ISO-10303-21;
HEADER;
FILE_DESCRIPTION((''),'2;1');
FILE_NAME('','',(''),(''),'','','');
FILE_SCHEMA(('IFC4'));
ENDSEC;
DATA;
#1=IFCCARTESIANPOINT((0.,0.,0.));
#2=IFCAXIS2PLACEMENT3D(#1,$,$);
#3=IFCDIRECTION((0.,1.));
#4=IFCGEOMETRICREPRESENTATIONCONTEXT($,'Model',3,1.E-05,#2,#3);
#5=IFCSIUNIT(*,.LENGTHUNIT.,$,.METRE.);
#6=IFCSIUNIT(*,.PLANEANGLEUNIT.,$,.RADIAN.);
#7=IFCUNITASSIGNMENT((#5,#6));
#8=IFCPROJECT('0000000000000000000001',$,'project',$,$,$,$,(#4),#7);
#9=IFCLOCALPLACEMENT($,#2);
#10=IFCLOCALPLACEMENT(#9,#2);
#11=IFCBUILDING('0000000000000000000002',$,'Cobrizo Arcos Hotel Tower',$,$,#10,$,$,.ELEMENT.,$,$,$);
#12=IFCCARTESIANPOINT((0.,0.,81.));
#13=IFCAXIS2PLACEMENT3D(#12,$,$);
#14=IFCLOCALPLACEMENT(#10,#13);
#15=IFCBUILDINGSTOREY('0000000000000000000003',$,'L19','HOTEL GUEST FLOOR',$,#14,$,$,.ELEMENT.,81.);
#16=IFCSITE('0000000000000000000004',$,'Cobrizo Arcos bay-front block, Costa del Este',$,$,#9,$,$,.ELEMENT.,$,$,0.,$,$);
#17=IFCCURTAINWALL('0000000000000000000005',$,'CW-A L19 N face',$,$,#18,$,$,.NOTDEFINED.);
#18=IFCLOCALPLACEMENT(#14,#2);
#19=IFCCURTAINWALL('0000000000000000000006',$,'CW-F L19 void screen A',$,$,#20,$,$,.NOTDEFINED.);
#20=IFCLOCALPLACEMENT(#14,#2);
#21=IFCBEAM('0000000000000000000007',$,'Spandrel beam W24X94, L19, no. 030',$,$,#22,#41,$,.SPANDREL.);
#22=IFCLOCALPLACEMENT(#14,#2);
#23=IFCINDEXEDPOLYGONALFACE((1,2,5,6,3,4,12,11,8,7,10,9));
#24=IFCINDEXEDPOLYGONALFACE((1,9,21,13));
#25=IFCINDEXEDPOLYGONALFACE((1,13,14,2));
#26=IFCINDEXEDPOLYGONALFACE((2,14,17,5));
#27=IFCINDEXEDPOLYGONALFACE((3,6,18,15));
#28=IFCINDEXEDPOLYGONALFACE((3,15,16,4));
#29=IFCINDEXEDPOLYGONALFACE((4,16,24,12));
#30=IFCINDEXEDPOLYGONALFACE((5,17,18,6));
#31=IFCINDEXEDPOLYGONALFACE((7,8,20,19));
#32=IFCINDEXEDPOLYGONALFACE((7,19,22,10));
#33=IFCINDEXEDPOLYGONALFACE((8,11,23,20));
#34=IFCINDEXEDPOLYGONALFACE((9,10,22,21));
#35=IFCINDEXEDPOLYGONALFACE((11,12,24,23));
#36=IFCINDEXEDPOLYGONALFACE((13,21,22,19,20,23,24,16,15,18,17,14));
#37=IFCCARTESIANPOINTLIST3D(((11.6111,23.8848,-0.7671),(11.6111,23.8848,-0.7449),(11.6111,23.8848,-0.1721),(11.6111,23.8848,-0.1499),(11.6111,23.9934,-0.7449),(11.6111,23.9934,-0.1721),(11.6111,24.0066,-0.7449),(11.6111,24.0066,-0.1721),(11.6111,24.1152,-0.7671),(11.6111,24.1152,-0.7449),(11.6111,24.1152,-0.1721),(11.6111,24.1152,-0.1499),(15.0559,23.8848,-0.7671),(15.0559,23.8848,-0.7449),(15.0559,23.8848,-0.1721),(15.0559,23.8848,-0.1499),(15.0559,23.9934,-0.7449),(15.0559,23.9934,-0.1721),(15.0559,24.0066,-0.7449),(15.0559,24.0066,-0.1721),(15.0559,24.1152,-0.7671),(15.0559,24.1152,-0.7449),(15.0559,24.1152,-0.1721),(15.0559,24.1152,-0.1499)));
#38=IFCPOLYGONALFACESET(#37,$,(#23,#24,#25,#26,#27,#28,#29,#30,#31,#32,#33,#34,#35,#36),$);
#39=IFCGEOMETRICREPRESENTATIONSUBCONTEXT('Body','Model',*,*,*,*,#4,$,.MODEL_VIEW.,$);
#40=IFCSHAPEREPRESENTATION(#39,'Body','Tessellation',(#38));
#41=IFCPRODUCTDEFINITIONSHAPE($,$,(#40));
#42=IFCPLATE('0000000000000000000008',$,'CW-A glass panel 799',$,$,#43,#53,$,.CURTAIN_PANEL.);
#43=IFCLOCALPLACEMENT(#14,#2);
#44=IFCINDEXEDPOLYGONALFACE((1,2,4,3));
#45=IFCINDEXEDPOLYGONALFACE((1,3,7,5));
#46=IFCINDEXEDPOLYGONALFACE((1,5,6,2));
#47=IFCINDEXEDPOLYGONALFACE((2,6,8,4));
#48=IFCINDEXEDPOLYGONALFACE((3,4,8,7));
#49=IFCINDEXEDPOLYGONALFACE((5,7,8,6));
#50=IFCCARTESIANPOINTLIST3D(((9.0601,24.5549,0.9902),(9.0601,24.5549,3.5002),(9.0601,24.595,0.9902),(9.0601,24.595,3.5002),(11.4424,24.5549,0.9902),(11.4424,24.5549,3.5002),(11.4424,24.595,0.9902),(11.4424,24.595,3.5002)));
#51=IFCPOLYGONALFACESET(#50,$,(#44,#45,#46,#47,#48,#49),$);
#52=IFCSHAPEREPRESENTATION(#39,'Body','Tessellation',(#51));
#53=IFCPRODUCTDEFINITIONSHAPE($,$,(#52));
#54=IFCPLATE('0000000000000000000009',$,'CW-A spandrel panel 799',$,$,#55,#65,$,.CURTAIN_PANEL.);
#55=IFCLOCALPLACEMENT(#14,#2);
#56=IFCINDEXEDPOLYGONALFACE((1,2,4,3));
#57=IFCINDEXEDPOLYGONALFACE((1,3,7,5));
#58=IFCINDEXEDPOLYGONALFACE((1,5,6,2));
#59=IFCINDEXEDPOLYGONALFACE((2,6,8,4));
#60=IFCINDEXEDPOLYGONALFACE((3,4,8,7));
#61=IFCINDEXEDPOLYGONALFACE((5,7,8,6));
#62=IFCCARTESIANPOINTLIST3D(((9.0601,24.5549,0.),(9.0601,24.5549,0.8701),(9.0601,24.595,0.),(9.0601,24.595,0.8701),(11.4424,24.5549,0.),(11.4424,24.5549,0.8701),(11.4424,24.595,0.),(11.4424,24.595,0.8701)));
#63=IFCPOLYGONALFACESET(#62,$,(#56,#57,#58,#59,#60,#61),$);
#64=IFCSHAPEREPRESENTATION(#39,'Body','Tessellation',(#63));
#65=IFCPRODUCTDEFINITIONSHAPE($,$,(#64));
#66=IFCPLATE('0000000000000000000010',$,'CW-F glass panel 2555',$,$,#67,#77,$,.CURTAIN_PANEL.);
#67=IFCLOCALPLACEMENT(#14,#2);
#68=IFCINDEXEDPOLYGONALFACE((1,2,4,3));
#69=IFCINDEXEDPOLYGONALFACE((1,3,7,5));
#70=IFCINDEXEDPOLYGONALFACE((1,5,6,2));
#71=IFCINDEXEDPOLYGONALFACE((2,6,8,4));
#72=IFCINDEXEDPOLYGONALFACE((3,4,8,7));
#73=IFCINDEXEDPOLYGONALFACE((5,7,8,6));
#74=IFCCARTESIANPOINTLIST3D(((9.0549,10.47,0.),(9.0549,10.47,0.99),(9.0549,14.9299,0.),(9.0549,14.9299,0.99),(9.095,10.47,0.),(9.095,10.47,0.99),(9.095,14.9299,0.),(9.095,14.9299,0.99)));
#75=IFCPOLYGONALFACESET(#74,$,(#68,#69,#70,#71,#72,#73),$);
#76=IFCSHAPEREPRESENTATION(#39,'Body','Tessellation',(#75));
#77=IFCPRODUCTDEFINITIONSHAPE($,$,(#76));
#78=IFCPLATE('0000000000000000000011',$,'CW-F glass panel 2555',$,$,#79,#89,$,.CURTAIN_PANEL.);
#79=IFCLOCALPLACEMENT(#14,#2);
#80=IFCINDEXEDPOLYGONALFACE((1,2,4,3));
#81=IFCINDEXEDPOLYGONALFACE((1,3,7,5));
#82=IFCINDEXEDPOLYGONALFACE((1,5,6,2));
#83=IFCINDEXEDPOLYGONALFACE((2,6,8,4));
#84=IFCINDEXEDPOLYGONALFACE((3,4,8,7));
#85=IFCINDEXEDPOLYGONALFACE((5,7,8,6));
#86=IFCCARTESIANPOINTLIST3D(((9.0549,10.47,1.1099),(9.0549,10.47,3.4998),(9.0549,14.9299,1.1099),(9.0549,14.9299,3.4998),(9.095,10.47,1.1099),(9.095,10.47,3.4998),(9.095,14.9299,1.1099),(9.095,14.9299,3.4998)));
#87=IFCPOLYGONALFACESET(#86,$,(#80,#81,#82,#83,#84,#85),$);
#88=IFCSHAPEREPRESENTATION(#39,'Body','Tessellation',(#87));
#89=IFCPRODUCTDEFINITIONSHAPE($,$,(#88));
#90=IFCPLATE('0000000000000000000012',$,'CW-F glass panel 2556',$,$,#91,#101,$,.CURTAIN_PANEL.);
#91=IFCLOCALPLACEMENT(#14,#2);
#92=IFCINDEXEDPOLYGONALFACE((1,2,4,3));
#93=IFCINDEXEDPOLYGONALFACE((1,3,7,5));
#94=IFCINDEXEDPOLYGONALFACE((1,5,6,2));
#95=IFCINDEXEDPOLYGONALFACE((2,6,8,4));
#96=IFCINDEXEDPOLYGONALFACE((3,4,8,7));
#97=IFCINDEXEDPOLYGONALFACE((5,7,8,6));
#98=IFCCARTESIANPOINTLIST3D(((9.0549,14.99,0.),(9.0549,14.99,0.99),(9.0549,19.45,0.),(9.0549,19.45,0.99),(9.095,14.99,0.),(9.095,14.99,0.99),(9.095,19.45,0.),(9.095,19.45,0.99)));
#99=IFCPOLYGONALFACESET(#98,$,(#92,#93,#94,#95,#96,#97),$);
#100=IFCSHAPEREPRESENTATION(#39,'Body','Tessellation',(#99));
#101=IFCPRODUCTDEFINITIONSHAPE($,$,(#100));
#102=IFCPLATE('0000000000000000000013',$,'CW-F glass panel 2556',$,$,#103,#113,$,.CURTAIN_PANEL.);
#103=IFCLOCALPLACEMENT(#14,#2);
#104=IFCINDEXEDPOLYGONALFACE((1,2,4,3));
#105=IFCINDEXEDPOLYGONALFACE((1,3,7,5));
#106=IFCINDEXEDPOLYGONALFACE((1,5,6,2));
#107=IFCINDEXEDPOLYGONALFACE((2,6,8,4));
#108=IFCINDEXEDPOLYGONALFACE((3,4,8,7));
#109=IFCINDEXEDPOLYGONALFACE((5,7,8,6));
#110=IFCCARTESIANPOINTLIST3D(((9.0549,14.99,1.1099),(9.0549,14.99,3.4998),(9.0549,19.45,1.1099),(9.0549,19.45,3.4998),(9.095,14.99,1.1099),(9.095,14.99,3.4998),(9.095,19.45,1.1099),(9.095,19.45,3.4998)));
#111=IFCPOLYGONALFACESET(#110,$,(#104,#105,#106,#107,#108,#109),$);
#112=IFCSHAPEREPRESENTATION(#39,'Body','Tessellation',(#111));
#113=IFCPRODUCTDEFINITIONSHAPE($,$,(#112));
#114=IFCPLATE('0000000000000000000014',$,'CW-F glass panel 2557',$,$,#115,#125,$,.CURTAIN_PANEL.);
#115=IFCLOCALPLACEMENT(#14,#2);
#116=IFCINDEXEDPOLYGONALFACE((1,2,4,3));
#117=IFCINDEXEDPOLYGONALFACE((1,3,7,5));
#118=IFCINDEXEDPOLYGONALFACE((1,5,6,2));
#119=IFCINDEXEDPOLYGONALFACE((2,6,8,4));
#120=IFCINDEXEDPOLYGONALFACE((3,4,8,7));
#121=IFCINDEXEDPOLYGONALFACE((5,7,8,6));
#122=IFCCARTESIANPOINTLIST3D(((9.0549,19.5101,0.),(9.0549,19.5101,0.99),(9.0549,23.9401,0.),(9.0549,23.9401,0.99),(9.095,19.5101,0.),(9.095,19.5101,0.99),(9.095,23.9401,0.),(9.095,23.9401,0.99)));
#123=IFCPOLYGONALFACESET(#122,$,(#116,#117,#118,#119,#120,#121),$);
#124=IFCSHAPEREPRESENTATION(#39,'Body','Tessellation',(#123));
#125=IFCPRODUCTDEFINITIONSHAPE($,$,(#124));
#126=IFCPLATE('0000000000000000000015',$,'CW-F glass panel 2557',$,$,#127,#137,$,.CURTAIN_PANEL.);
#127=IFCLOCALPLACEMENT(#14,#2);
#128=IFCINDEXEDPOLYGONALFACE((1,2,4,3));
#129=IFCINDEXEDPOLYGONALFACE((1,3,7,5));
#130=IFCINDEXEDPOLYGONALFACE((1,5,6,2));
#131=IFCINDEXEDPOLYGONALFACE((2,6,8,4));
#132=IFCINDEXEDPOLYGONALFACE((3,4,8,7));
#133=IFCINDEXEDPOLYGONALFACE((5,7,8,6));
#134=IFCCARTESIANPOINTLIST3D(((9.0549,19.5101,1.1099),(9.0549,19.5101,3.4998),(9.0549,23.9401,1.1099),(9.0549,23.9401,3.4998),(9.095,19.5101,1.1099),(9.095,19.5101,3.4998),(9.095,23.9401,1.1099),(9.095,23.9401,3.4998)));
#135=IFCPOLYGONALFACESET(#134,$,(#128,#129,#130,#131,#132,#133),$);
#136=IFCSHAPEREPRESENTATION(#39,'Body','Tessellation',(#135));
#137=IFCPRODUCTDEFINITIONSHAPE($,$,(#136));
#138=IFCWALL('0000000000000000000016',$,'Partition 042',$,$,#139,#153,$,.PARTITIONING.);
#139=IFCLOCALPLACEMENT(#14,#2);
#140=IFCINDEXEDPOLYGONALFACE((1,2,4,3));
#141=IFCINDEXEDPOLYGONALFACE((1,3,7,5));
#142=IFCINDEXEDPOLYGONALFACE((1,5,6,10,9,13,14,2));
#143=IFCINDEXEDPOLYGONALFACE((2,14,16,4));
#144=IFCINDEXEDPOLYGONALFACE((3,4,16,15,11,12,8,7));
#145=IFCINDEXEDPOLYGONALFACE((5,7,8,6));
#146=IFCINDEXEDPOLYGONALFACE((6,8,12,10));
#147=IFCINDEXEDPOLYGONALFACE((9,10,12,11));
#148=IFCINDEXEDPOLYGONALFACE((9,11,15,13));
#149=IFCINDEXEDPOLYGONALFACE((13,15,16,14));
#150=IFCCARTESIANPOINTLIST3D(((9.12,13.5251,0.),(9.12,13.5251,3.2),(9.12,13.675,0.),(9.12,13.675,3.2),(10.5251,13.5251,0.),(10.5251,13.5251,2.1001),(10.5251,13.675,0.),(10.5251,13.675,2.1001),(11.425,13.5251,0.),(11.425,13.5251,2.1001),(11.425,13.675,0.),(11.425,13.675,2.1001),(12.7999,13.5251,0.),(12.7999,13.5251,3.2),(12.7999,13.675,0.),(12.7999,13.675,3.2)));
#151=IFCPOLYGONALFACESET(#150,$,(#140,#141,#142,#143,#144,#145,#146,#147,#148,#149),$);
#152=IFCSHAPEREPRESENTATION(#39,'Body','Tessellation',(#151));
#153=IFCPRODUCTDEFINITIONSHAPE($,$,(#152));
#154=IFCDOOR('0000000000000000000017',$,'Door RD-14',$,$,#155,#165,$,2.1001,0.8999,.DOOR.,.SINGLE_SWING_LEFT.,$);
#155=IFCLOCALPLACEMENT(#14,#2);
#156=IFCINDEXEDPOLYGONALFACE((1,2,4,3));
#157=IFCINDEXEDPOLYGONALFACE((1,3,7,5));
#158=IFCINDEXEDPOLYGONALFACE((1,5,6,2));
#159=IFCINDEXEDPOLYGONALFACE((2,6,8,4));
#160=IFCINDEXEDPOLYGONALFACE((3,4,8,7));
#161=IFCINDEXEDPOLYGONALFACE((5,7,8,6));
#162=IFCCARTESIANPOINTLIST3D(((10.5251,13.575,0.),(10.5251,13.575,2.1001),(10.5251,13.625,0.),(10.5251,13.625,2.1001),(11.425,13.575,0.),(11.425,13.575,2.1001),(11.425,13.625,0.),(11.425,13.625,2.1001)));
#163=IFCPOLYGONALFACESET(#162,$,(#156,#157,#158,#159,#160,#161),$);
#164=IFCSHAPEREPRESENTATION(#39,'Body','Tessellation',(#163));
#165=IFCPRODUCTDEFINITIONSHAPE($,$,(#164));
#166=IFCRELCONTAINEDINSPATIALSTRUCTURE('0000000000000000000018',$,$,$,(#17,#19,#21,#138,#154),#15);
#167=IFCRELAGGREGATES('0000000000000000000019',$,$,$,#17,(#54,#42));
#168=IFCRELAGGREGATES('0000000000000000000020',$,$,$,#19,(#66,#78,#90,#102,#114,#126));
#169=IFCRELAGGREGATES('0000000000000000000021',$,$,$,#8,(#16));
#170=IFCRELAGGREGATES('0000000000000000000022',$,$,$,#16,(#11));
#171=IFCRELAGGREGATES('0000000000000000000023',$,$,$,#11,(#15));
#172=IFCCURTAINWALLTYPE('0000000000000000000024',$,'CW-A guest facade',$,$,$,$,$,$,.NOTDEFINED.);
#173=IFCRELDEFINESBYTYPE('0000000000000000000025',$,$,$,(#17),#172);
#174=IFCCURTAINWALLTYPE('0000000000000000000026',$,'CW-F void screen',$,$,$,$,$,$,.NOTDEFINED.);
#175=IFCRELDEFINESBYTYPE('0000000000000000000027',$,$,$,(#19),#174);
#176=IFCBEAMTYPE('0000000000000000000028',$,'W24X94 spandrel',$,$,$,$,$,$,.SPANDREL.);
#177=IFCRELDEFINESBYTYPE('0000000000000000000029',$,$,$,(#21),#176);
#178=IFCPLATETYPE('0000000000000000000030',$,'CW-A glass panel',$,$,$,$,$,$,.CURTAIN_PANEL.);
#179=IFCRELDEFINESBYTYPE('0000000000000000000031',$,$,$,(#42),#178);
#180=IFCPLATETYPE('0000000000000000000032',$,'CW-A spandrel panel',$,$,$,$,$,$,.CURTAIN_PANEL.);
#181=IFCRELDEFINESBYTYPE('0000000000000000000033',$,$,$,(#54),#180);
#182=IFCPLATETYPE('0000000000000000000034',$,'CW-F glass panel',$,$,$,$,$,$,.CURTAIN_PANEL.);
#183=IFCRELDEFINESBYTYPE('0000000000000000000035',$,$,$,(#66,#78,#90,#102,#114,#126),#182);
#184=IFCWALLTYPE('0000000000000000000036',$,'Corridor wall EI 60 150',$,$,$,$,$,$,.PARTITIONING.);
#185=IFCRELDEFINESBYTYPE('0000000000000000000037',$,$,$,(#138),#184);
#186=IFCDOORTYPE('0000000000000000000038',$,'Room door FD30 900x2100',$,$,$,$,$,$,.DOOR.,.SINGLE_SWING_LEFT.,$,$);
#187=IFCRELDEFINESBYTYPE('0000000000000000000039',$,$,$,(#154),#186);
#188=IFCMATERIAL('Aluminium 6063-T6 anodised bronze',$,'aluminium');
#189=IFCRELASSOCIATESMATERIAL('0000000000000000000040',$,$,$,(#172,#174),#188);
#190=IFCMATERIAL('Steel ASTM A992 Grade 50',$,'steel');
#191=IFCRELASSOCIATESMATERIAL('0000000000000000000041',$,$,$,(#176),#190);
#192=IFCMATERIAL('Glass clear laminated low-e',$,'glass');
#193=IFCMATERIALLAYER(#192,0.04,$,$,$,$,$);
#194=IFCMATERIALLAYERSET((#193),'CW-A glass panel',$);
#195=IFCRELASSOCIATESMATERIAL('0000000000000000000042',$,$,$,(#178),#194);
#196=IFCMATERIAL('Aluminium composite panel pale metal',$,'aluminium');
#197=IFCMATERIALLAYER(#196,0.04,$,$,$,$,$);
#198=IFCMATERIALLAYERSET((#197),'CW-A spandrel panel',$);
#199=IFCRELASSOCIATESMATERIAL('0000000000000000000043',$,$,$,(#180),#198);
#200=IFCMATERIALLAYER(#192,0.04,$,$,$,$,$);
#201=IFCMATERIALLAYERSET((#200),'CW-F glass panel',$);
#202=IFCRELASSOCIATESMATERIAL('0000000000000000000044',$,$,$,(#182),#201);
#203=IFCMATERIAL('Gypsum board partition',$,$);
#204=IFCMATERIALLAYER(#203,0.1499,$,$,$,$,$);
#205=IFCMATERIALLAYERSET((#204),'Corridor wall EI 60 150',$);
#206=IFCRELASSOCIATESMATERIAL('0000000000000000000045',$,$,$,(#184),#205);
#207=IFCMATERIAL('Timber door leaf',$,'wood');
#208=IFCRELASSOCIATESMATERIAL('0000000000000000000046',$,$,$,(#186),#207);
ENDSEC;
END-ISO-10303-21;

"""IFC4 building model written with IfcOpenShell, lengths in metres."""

from ifc_helpers import new_model, si_unit, direction, frame, frame_2d, origin, origin_2d, place, context, subcontext, project, spatial, rectangle, i_section, extrude, material, layer, layer_set, material_profile, profile_set, type_object, element, fill, aggregate, save


model = new_model("IFC4")

# Units and contexts
model_context = context("Model", 3, precision=1e-05, world=origin(), true_north=direction((0.0, 1.0)))
body_context = subcontext(model_context, "Body", "Model", "MODEL_VIEW")
ifc_project = project(units=[si_unit("LENGTHUNIT", "METRE"), si_unit("PLANEANGLEUNIT", "RADIAN")], contexts=[model_context])

# Site, building, storey
site_placement = place(None, origin())
site = spatial("IfcSite", under=ifc_project, at=site_placement, Name="Cobrizo Arcos bay-front block, Costa del Este", CompositionType="ELEMENT", RefElevation=0.0)
building_placement = place(site_placement, origin())
building = spatial("IfcBuilding", under=site, at=building_placement, Name="Cobrizo Arcos Hotel Tower", CompositionType="ELEMENT")
storey_placement = place(building_placement, frame((0.0, 0.0, 81.0)))
storey = spatial("IfcBuildingStorey", under=building, at=storey_placement, Name="L19", Description="HOTEL GUEST FLOOR", CompositionType="ELEMENT", Elevation=81.0)

# Curtain walls
ifc_material_1 = material(Name="Aluminium 6063-T6 anodised bronze", Category="aluminium")
curtain_wall_type_1 = type_object("IfcCurtainWallType", Name="CW-A guest facade", PredefinedType="NOTDEFINED", material=ifc_material_1)
curtain_wall_1_placement = place(storey_placement, origin())
curtain_wall_1 = element("IfcCurtainWall", 1, at=curtain_wall_1_placement, inside=storey, type_object=curtain_wall_type_1, Name="CW-A L19 N face", PredefinedType="NOTDEFINED")
curtain_wall_type_2 = type_object("IfcCurtainWallType", Name="CW-F void screen", PredefinedType="NOTDEFINED", material=ifc_material_1)
curtain_wall_2_placement = place(storey_placement, origin())
curtain_wall_2 = element("IfcCurtainWall", 2, at=curtain_wall_2_placement, inside=storey, type_object=curtain_wall_type_2, Name="CW-F L19 void screen A", PredefinedType="NOTDEFINED")

# Beam
ifc_material_2 = material(Name="Steel ASTM A992 Grade 50", Category="steel")
ifc_material_profile_1 = material_profile(ifc_material_2, i_section(OverallWidth=0.2305, OverallDepth=0.6172, WebThickness=0.0132, FlangeThickness=0.0222, at=origin_2d()), Name="W24X94")
ifc_profile_set_1 = profile_set([ifc_material_profile_1], Name="Steel ASTM A992 Grade 50")
beam_type = type_object("IfcBeamType", Name="W24X94 spandrel", PredefinedType="SPANDREL", material=ifc_profile_set_1)
beam_1_placement = place(storey_placement, frame((11.6111, 24.0, -0.4585), z_axis=(1.0, 0.0, 0.0), x_axis=(0.0, 1.0, 0.0)))
element("IfcBeam", 3, at=beam_1_placement, inside=storey, type_object=beam_type, Name="Spandrel beam W24X94, L19, no. 030", PredefinedType="SPANDREL", context=body_context, shape_type="SweptSolid", body=[
    extrude(i_section(OverallWidth=0.2305, OverallDepth=0.6172, WebThickness=0.0132, FlangeThickness=0.0222, at=origin_2d()), origin(), (0.0, 0.0, 1.0), 3.4448),
])

# Plates
ifc_material_3 = material(Name="Glass clear laminated low-e", Category="glass")
ifc_layer_1 = layer(ifc_material_3, 0.04)
ifc_layer_set_1 = layer_set([ifc_layer_1], Name="CW-A glass panel")
plate_type_1 = type_object("IfcPlateType", Name="CW-A glass panel", PredefinedType="CURTAIN_PANEL", material=ifc_layer_set_1)
plate_1_placement = place(storey_placement, frame((10.2512, 24.575, 0.9902), z_axis=(0.0, 0.0, 1.0), x_axis=(-1.0, 0.0, 0.0)))
plate_1 = element("IfcPlate", 4, at=plate_1_placement, type_object=plate_type_1, Name="CW-A glass panel 799", PredefinedType="CURTAIN_PANEL", context=body_context, shape_type="SweptSolid", body=[
    extrude(rectangle(XDim=2.3823, YDim=0.04, at=origin_2d()), origin(), (0.0, 0.0, 1.0), 2.51),
])
ifc_material_4 = material(Name="Aluminium composite panel pale metal", Category="aluminium")
ifc_layer_2 = layer(ifc_material_4, 0.04)
ifc_layer_set_2 = layer_set([ifc_layer_2], Name="CW-A spandrel panel")
plate_type_2 = type_object("IfcPlateType", Name="CW-A spandrel panel", PredefinedType="CURTAIN_PANEL", material=ifc_layer_set_2)
plate_2_placement = place(storey_placement, frame((10.2512, 24.575, 0.0), z_axis=(0.0, 0.0, 1.0), x_axis=(-1.0, 0.0, 0.0)))
plate_2 = element("IfcPlate", 5, at=plate_2_placement, type_object=plate_type_2, Name="CW-A spandrel panel 799", PredefinedType="CURTAIN_PANEL", context=body_context, shape_type="SweptSolid", body=[
    extrude(rectangle(XDim=2.3823, YDim=0.04, at=origin_2d()), origin(), (0.0, 0.0, 1.0), 0.8701),
])
aggregate(curtain_wall_1, [plate_2, plate_1])
ifc_layer_3 = layer(ifc_material_3, 0.04)
ifc_layer_set_3 = layer_set([ifc_layer_3], Name="CW-F glass panel")
plate_type_3 = type_object("IfcPlateType", Name="CW-F glass panel", PredefinedType="CURTAIN_PANEL", material=ifc_layer_set_3)
plate_3_placement = place(storey_placement, frame((9.075, 12.7, 0.0), z_axis=(0.0, 0.0, 1.0), x_axis=(0.0, 1.0, 0.0)))
plate_3 = element("IfcPlate", 6, at=plate_3_placement, type_object=plate_type_3, Name="CW-F glass panel 2555", PredefinedType="CURTAIN_PANEL", context=body_context, shape_type="SweptSolid", body=[
    extrude(rectangle(XDim=4.46, YDim=0.04, at=origin_2d()), origin(), (0.0, 0.0, 1.0), 0.99),
])
plate_4_placement = place(storey_placement, frame((9.075, 12.7, 1.1099), z_axis=(0.0, 0.0, 1.0), x_axis=(0.0, 1.0, 0.0)))
plate_4 = element("IfcPlate", 7, at=plate_4_placement, type_object=plate_type_3, Name="CW-F glass panel 2555", PredefinedType="CURTAIN_PANEL", context=body_context, shape_type="SweptSolid", body=[
    extrude(rectangle(XDim=4.46, YDim=0.04, at=origin_2d()), origin(), (0.0, 0.0, 1.0), 2.3899),
])
plate_5_placement = place(storey_placement, frame((9.075, 17.22, 0.0), z_axis=(0.0, 0.0, 1.0), x_axis=(0.0, 1.0, 0.0)))
plate_5 = element("IfcPlate", 8, at=plate_5_placement, type_object=plate_type_3, Name="CW-F glass panel 2556", PredefinedType="CURTAIN_PANEL", context=body_context, shape_type="SweptSolid", body=[
    extrude(rectangle(XDim=4.46, YDim=0.04, at=origin_2d()), origin(), (0.0, 0.0, 1.0), 0.99),
])
plate_6_placement = place(storey_placement, frame((9.075, 17.22, 1.1099), z_axis=(0.0, 0.0, 1.0), x_axis=(0.0, 1.0, 0.0)))
plate_6 = element("IfcPlate", 9, at=plate_6_placement, type_object=plate_type_3, Name="CW-F glass panel 2556", PredefinedType="CURTAIN_PANEL", context=body_context, shape_type="SweptSolid", body=[
    extrude(rectangle(XDim=4.46, YDim=0.04, at=origin_2d()), origin(), (0.0, 0.0, 1.0), 2.3899),
])
plate_7_placement = place(storey_placement, frame((9.075, 21.7251, 0.0), z_axis=(0.0, 0.0, 1.0), x_axis=(0.0, 1.0, 0.0)))
plate_7 = element("IfcPlate", 10, at=plate_7_placement, type_object=plate_type_3, Name="CW-F glass panel 2557", PredefinedType="CURTAIN_PANEL", context=body_context, shape_type="SweptSolid", body=[
    extrude(rectangle(XDim=4.4299, YDim=0.04, at=origin_2d()), origin(), (0.0, 0.0, 1.0), 0.99),
])
plate_8_placement = place(storey_placement, frame((9.075, 21.7251, 1.1099), z_axis=(0.0, 0.0, 1.0), x_axis=(0.0, 1.0, 0.0)))
plate_8 = element("IfcPlate", 11, at=plate_8_placement, type_object=plate_type_3, Name="CW-F glass panel 2557", PredefinedType="CURTAIN_PANEL", context=body_context, shape_type="SweptSolid", body=[
    extrude(rectangle(XDim=4.4299, YDim=0.04, at=origin_2d()), origin(), (0.0, 0.0, 1.0), 2.3899),
])
aggregate(curtain_wall_2, [plate_3, plate_4, plate_5, plate_6, plate_7, plate_8])

# Wall, opening, door
ifc_material_5 = material(Name="Gypsum board partition")
ifc_layer_4 = layer(ifc_material_5, 0.1499)
ifc_layer_set_4 = layer_set([ifc_layer_4], Name="Corridor wall EI 60 150")
wall_type_1 = type_object("IfcWallType", Name="Corridor wall EI 60 150", PredefinedType="PARTITIONING", material=ifc_layer_set_4)
wall_1_placement = place(storey_placement, frame((9.1201, 13.6001, 0.0), z_axis=(0.0, 0.0, 1.0), x_axis=(1.0, 0.0, 0.0)))
wall_1 = element("IfcWall", 12, at=wall_1_placement, inside=storey, type_object=wall_type_1, Name="Partition 042", PredefinedType="PARTITIONING", context=body_context, shape_type="SweptSolid", body=[
    extrude(rectangle(XDim=3.6799, YDim=0.1499, at=frame_2d((1.8398, 0.0))), origin(), (0.0, 0.0, 1.0), 3.2),
])
opening_1_placement = place(wall_1_placement, frame((1.405, 0.0, 0.0)))
opening_1 = element("IfcOpeningElement", 13, at=opening_1_placement, cuts=wall_1, PredefinedType="OPENING", context=body_context, shape_type="SweptSolid", body=[
    extrude(rectangle(XDim=0.8999, YDim=2.1001, at=frame_2d((0.45, 1.05))), frame((0.0, 0.0869, 0.0), z_axis=(0.0, -1.0, 0.0), x_axis=(1.0, 0.0, 0.0)), (0.0, 0.0, 1.0), 0.1738),
])
ifc_material_6 = material(Name="Timber door leaf", Category="wood")
door_type_1 = type_object("IfcDoorType", Name="Room door FD30 900x2100", OperationType="SINGLE_SWING_LEFT", PredefinedType="DOOR", material=ifc_material_6)
door_1_placement = place(opening_1_placement, origin())
door_1 = element("IfcDoor", 14, at=door_1_placement, inside=storey, type_object=door_type_1, Name="Door RD-14", OperationType="SINGLE_SWING_LEFT", OverallHeight=2.1001, OverallWidth=0.8999, PredefinedType="DOOR", context=body_context, shape_type="SweptSolid", body=[
    extrude(rectangle(XDim=0.8999, YDim=2.1001, at=frame_2d((0.45, 1.05))), frame((0.0, 0.0249, 0.0), z_axis=(0.0, -1.0, 0.0), x_axis=(1.0, 0.0, 0.0)), (0.0, 0.0, 1.0), 0.05),
])
fill(opening_1, door_1)

save(model, "model.ifc")
